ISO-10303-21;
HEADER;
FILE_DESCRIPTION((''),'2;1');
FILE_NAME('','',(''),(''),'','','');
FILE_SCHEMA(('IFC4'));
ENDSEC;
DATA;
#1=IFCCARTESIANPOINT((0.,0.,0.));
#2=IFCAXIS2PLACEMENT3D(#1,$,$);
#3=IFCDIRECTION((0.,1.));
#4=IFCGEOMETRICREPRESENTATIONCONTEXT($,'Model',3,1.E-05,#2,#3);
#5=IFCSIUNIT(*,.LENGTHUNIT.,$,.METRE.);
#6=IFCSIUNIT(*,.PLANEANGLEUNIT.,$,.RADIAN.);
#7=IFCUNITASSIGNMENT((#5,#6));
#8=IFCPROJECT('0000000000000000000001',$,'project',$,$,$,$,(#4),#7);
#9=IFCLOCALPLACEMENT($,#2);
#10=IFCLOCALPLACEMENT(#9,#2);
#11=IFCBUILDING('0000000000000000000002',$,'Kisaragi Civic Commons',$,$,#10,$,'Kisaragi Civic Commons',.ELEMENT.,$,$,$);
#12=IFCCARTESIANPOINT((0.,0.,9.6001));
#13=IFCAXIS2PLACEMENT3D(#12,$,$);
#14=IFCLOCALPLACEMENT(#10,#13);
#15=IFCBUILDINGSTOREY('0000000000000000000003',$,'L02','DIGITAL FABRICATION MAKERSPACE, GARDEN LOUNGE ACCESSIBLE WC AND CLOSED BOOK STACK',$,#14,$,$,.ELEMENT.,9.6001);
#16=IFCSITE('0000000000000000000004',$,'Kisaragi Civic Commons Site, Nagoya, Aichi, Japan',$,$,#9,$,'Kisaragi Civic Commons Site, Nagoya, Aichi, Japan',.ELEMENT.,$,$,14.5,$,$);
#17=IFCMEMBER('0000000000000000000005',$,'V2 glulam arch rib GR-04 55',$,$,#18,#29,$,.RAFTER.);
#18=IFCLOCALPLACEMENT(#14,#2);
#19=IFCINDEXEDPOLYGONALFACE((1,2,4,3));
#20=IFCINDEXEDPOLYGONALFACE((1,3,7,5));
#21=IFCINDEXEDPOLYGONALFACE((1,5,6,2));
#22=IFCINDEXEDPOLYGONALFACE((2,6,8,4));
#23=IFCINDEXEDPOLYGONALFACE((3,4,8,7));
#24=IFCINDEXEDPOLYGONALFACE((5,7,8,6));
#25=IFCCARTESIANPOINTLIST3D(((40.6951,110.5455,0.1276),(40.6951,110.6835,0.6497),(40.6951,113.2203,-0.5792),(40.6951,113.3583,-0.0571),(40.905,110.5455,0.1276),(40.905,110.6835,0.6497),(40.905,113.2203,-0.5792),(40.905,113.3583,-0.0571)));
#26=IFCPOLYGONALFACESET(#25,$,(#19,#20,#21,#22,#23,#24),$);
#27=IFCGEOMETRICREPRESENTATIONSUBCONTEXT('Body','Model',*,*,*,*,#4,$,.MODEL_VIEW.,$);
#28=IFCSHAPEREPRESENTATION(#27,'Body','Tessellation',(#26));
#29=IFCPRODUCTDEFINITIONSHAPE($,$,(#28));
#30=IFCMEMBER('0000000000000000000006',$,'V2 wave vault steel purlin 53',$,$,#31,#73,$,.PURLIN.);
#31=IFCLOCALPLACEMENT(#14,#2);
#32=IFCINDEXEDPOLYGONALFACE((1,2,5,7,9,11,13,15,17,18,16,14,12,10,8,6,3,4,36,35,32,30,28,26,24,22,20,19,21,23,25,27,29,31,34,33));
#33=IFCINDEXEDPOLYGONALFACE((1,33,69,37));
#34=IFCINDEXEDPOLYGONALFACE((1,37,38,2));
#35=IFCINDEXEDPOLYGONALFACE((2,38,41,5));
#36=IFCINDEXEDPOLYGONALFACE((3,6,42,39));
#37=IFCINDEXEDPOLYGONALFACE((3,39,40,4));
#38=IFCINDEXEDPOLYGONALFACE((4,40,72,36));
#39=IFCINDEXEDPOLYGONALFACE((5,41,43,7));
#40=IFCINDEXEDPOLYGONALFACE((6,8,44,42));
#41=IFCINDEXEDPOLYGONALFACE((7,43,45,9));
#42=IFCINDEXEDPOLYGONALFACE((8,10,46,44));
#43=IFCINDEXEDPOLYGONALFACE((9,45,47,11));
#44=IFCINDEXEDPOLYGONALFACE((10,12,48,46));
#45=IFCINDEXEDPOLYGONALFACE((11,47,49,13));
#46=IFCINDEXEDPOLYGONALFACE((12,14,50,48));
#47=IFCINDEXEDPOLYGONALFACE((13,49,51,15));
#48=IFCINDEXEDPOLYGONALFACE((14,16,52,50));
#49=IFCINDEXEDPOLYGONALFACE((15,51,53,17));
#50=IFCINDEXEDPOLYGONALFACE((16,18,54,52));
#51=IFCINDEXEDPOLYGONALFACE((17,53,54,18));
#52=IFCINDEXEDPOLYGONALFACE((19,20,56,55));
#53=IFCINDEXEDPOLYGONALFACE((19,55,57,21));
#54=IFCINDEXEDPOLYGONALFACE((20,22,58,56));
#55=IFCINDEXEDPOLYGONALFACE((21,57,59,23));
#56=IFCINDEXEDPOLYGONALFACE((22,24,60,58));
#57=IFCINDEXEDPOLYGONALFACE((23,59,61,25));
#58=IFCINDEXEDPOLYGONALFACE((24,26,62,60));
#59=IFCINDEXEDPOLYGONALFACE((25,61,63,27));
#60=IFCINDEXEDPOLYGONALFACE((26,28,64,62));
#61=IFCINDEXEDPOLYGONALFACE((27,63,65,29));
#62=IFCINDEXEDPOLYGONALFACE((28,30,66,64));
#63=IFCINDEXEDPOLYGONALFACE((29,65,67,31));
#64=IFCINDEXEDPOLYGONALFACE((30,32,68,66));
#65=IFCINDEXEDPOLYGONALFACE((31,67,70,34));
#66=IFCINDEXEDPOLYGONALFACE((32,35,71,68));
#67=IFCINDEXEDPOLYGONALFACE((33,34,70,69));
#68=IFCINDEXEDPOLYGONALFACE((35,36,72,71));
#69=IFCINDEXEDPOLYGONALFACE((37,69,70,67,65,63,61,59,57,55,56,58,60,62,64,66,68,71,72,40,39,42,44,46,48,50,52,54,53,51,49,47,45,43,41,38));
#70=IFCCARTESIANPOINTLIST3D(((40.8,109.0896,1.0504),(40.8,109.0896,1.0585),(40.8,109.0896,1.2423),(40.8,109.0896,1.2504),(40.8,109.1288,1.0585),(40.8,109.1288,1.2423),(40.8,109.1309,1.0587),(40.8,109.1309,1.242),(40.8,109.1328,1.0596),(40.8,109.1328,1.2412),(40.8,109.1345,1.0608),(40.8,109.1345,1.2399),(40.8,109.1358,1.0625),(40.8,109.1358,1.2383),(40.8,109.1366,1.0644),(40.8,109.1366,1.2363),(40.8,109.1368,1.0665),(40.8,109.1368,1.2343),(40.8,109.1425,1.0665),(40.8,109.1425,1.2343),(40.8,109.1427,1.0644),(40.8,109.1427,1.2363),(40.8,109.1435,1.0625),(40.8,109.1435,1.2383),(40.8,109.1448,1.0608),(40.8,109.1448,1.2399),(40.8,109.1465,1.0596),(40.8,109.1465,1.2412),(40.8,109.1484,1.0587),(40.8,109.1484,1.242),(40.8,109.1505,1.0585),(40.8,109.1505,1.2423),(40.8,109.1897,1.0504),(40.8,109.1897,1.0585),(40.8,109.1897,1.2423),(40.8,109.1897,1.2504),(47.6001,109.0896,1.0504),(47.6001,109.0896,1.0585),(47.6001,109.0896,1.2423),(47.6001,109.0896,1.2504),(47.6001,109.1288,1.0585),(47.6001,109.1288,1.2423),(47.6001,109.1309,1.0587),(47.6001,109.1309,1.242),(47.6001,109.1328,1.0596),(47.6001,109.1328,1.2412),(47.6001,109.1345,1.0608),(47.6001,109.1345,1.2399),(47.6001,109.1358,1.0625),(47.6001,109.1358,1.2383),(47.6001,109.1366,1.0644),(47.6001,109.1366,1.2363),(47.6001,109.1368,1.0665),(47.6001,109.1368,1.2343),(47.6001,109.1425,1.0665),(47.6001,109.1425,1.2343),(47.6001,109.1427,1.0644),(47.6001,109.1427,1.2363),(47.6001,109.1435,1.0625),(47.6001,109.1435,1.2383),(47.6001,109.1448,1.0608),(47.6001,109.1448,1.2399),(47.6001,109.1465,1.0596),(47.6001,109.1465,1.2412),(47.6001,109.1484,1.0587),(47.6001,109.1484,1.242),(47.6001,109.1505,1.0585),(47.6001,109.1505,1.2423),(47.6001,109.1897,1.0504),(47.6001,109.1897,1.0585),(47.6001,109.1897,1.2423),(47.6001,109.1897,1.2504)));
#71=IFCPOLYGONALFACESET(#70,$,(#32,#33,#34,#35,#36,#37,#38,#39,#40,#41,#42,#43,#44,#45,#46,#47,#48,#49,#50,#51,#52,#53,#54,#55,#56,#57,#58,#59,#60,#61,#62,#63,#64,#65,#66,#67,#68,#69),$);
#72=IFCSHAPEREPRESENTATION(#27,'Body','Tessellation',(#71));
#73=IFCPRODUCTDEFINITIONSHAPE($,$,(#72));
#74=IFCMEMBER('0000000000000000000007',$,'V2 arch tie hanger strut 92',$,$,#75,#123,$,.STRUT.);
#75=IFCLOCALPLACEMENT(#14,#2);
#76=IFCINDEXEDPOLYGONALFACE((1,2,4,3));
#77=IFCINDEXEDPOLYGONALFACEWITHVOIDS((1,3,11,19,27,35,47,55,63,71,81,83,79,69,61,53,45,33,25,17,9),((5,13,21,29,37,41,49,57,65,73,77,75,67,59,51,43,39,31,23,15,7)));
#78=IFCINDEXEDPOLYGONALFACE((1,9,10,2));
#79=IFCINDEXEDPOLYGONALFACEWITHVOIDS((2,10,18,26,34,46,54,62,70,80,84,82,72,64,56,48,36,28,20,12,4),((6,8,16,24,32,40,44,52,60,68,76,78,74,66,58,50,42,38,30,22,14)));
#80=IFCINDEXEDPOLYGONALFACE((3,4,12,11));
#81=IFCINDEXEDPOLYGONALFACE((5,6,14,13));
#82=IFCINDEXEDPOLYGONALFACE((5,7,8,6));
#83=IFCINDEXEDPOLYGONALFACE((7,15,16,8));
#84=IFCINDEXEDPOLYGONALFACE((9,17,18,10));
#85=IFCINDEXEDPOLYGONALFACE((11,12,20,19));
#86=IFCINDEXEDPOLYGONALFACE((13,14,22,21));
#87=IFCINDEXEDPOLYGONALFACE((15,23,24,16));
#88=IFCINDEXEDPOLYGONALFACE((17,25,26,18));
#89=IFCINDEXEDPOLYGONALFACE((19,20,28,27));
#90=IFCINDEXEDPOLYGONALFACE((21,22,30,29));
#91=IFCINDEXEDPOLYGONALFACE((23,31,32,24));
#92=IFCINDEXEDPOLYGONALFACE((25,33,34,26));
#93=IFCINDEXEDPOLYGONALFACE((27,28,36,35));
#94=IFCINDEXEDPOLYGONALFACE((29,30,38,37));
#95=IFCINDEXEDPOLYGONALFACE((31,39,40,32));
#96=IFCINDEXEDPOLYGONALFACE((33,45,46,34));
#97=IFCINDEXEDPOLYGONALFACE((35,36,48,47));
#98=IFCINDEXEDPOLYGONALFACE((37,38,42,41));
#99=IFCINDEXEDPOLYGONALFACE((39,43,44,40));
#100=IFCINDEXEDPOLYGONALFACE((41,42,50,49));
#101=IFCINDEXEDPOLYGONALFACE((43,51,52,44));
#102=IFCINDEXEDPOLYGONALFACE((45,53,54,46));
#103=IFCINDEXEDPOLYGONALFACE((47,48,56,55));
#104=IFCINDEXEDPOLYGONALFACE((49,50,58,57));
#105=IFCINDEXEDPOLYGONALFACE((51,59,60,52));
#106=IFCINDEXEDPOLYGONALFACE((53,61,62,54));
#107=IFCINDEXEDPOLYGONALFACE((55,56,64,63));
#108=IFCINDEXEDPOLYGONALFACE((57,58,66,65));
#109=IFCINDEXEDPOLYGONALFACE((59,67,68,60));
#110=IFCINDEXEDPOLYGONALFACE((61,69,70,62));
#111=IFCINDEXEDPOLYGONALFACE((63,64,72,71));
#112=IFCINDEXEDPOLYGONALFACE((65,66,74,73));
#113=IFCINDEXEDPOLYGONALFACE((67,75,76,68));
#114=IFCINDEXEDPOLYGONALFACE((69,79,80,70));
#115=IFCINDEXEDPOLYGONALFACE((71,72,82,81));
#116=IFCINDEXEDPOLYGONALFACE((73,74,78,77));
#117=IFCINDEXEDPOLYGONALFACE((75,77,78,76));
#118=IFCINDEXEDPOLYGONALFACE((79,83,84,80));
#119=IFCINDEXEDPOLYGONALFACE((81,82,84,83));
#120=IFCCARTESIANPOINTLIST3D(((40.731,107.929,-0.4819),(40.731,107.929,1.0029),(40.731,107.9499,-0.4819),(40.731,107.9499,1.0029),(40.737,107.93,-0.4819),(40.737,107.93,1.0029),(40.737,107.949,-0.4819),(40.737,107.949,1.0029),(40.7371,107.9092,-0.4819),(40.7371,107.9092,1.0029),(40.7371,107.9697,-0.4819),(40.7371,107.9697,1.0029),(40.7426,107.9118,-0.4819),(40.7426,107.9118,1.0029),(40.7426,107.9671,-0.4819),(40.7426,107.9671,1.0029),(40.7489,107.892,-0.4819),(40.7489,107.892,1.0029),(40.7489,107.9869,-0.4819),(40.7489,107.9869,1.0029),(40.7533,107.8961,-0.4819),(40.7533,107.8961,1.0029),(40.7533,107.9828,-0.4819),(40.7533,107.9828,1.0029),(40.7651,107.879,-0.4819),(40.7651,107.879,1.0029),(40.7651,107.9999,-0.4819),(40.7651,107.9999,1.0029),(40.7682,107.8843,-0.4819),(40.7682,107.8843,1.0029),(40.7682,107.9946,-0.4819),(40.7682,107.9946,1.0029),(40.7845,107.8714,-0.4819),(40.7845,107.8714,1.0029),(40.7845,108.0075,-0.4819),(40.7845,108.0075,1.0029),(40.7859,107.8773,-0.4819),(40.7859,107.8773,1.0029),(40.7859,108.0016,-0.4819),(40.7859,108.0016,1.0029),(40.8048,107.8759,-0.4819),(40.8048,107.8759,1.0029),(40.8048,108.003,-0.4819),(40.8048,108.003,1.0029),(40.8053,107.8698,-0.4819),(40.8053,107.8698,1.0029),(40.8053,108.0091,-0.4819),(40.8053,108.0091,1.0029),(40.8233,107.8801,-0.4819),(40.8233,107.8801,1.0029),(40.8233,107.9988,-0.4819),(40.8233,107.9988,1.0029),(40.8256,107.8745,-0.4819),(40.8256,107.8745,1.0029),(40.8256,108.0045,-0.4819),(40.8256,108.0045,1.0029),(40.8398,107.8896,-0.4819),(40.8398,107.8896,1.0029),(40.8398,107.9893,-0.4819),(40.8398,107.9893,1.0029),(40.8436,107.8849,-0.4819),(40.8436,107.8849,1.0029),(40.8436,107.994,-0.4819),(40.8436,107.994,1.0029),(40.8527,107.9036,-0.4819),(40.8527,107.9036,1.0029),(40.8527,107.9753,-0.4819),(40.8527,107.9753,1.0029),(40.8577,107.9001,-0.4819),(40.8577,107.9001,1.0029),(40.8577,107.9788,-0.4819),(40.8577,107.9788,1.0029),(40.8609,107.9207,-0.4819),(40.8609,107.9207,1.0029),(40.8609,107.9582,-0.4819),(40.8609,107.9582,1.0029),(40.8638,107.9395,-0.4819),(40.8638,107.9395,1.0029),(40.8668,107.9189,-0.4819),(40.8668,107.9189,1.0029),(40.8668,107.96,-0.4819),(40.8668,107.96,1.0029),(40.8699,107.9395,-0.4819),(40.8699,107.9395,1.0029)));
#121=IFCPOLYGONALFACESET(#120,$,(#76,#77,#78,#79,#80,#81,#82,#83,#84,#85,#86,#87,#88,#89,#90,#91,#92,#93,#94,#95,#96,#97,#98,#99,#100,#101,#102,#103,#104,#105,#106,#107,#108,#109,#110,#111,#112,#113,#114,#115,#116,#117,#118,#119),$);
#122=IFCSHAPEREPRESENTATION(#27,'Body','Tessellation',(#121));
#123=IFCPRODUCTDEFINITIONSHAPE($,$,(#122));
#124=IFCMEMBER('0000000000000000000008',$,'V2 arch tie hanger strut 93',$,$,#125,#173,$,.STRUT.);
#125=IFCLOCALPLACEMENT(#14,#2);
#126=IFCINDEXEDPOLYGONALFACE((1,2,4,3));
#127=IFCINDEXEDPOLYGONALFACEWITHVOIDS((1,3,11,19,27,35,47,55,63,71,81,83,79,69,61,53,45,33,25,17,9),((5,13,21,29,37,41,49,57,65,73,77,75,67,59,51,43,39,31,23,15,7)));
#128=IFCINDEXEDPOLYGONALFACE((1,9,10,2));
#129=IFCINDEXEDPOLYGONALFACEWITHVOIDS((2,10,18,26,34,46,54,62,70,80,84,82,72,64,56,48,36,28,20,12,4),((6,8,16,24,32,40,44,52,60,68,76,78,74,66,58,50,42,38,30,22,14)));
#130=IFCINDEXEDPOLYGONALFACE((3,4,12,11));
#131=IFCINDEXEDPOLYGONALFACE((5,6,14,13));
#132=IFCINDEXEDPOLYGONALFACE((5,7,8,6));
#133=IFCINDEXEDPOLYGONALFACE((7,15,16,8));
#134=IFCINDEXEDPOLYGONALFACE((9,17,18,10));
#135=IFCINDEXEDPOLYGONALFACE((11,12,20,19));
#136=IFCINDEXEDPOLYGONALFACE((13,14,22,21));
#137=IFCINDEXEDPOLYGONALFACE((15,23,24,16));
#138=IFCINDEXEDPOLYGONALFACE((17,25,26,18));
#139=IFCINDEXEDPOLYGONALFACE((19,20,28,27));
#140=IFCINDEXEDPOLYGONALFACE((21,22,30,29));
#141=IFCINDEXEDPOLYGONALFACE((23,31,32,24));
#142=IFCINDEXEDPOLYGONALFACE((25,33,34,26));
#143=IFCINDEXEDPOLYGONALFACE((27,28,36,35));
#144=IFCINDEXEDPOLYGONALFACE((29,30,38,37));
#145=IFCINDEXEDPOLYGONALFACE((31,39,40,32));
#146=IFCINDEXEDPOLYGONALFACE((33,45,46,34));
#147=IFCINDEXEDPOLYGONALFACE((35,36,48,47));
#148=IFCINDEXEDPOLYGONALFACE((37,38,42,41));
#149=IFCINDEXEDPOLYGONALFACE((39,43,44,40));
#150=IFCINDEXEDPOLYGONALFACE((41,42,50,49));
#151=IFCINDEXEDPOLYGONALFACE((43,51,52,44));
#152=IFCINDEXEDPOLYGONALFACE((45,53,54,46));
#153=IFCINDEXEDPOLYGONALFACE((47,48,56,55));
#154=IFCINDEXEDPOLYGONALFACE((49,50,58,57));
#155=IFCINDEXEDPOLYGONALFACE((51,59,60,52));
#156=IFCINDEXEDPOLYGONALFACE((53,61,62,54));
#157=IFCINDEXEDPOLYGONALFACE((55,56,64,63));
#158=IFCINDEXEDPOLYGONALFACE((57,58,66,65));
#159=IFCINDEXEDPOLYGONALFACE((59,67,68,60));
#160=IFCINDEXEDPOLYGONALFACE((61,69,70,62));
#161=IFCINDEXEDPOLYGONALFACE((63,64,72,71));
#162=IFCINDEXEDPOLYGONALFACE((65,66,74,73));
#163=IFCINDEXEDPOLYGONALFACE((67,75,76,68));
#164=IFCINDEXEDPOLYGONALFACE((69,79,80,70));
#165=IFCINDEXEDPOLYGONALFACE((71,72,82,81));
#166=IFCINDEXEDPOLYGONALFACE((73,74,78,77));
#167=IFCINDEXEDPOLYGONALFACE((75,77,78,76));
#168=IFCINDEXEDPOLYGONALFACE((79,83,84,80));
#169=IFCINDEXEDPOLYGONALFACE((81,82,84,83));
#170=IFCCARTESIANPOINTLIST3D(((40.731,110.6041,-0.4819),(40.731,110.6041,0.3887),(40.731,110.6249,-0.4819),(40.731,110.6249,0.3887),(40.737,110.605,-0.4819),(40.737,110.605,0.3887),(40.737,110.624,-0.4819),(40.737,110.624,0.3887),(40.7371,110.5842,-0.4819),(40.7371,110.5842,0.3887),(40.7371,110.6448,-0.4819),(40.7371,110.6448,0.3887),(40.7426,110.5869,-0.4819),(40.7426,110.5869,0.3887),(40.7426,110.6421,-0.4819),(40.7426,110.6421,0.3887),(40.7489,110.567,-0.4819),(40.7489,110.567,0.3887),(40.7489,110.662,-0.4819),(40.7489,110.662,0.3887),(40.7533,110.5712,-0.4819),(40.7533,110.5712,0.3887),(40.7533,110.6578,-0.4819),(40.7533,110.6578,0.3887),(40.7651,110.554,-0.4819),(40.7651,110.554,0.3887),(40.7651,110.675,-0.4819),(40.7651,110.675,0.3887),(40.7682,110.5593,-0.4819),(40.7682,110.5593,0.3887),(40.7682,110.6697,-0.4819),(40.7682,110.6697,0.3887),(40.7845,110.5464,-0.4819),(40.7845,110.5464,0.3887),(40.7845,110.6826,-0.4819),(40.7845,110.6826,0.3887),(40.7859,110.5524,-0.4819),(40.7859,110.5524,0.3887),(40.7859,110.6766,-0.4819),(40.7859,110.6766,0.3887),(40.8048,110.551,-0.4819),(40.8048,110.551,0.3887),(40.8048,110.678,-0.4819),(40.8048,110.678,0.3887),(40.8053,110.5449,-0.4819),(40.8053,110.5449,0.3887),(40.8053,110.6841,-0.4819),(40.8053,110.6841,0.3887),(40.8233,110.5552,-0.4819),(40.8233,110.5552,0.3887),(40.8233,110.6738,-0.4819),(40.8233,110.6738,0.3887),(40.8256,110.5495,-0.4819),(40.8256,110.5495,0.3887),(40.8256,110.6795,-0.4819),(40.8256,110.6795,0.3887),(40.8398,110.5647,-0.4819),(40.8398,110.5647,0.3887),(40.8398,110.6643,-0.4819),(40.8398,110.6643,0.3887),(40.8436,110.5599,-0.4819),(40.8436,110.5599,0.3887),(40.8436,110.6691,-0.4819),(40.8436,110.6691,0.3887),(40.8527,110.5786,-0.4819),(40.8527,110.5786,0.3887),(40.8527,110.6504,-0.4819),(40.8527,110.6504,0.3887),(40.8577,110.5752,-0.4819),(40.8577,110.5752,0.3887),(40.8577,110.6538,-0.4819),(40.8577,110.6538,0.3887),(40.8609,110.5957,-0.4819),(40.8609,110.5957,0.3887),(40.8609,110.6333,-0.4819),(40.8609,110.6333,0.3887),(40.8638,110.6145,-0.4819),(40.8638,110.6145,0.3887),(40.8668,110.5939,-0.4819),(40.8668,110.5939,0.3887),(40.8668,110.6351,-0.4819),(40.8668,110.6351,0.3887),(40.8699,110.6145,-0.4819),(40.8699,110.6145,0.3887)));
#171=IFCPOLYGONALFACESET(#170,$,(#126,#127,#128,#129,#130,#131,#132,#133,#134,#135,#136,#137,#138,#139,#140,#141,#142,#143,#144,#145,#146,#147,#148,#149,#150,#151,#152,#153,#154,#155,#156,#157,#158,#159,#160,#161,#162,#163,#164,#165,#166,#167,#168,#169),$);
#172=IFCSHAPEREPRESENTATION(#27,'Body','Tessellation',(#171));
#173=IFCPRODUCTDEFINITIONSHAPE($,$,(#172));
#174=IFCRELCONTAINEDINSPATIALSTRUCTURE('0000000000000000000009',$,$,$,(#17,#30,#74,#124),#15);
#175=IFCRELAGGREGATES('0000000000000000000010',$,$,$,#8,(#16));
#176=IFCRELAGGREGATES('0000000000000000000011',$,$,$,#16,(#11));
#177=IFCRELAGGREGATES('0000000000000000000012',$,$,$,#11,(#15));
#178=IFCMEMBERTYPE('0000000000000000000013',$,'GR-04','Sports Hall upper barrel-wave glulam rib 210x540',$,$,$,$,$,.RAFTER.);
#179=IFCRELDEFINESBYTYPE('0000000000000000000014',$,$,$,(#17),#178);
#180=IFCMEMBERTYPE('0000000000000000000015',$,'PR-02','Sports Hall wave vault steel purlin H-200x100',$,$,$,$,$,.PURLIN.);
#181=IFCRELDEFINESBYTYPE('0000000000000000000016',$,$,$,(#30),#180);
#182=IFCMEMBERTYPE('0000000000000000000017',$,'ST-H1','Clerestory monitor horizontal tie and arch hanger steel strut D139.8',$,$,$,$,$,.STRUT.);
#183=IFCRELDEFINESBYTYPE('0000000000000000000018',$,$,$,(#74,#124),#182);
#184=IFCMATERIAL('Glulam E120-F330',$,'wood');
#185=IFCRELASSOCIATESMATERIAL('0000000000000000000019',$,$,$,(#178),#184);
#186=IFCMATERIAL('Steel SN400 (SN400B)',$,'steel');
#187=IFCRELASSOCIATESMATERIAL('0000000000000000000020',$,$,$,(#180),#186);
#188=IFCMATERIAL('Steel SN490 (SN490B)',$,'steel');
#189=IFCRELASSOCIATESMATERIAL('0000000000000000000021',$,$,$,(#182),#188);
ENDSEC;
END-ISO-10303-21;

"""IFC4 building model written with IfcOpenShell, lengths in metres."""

from ifc_helpers import new_model, si_unit, direction, frame, origin, origin_2d, place, context, subcontext, project, spatial, rectangle, hollow_circle, i_section, extrude, material, material_profile, profile_set, type_object, element, save


model = new_model("IFC4")

# Units and contexts
model_context = context("Model", 3, precision=1e-05, world=origin(), true_north=direction((0.0, 1.0)))
body_context = subcontext(model_context, "Body", "Model", "MODEL_VIEW")
ifc_project = project(units=[si_unit("LENGTHUNIT", "METRE"), si_unit("PLANEANGLEUNIT", "RADIAN")], contexts=[model_context])

# Site, building, storey
site_placement = place(None, origin())
site = spatial("IfcSite", under=ifc_project, at=site_placement, Name="Kisaragi Civic Commons Site, Nagoya, Aichi, Japan", LongName="Kisaragi Civic Commons Site, Nagoya, Aichi, Japan", CompositionType="ELEMENT", RefElevation=14.5)
building_placement = place(site_placement, origin())
building = spatial("IfcBuilding", under=site, at=building_placement, Name="Kisaragi Civic Commons", LongName="Kisaragi Civic Commons", CompositionType="ELEMENT")
storey_placement = place(building_placement, frame((0.0, 0.0, 9.6001)))
storey = spatial("IfcBuildingStorey", under=building, at=storey_placement, Name="L02", Description="DIGITAL FABRICATION MAKERSPACE, GARDEN LOUNGE ACCESSIBLE WC AND CLOSED BOOK STACK", CompositionType="ELEMENT", Elevation=9.6001)

# Members
ifc_material_1 = material(Name="Steel SN490 (SN490B)", Category="steel")
ifc_material_2 = material(Name="Glulam E120-F330", Category="wood")
ifc_material_profile_1 = material_profile(ifc_material_2, rectangle(XDim=0.21, YDim=0.54, at=origin_2d()), Name="GL-210x540", Category="wood")
ifc_profile_set_1 = profile_set([ifc_material_profile_1], Name="Glulam E120-F330")
member_type_1 = type_object("IfcMemberType", Name="GR-04", Description="Sports Hall upper barrel-wave glulam rib 210x540", PredefinedType="RAFTER", material=ifc_profile_set_1)
member_1_placement = place(storey_placement, frame((40.8, 110.6145, 0.3887), z_axis=(0.0, 0.966817, -0.25547), x_axis=(-1.0, 0.0, 0.0)))
element("IfcMember", 1, at=member_1_placement, inside=storey, type_object=member_type_1, Name="V2 glulam arch rib GR-04 55", PredefinedType="RAFTER", context=body_context, shape_type="SweptSolid", body=[
    extrude(rectangle(XDim=0.21, YDim=0.54, at=origin_2d()), origin(), (0.0, 0.0, 1.0), 2.7666),
])
ifc_material_3 = material(Name="Steel SN400 (SN400B)", Category="steel")
ifc_material_profile_2 = material_profile(ifc_material_3, i_section(OverallWidth=0.1001, OverallDepth=0.2, WebThickness=0.0056, FlangeThickness=0.0081, FilletRadius=0.0081, at=origin_2d()), Name="H-200x100x5.5x8", Category="steel")
ifc_profile_set_2 = profile_set([ifc_material_profile_2], Name="Steel SN400 (SN400B)")
member_type_2 = type_object("IfcMemberType", Name="PR-02", Description="Sports Hall wave vault steel purlin H-200x100", PredefinedType="PURLIN", material=ifc_profile_set_2)
member_2_placement = place(storey_placement, frame((40.8, 109.1396, 1.1504), z_axis=(1.0, 0.0, 0.0), x_axis=(0.0, 1.0, 0.0)))
element("IfcMember", 2, at=member_2_placement, inside=storey, type_object=member_type_2, Name="V2 wave vault steel purlin 53", PredefinedType="PURLIN", context=body_context, shape_type="SweptSolid", body=[
    extrude(i_section(OverallWidth=0.1001, OverallDepth=0.2, WebThickness=0.0056, FlangeThickness=0.0081, FilletRadius=0.0081, at=origin_2d()), origin(), (0.0, 0.0, 1.0), 6.8),
])
ifc_material_profile_3 = material_profile(ifc_material_1, hollow_circle(Radius=0.0698, WallThickness=0.0061, at=origin_2d()), Name="CHS-139.8x6.0", Category="steel")
ifc_profile_set_3 = profile_set([ifc_material_profile_3], Name="Steel SN490 (SN490B)")
member_type_3 = type_object("IfcMemberType", Name="ST-H1", Description="Clerestory monitor horizontal tie and arch hanger steel strut D139.8", PredefinedType="STRUT", material=ifc_profile_set_3)
member_3_placement = place(storey_placement, frame((40.8, 107.9395, -0.4819), z_axis=(0.0, 0.0, 1.0), x_axis=(1.0, 0.0, 0.0)))
element("IfcMember", 3, at=member_3_placement, inside=storey, type_object=member_type_3, Name="V2 arch tie hanger strut 92", PredefinedType="STRUT", context=body_context, shape_type="SweptSolid", body=[
    extrude(hollow_circle(Radius=0.0698, WallThickness=0.0061, at=origin_2d()), origin(), (0.0, 0.0, 1.0), 1.4849),
])
member_4_placement = place(storey_placement, frame((40.8, 110.6145, -0.4819), z_axis=(0.0, 0.0, 1.0), x_axis=(1.0, 0.0, 0.0)))
element("IfcMember", 4, at=member_4_placement, inside=storey, type_object=member_type_3, Name="V2 arch tie hanger strut 93", PredefinedType="STRUT", context=body_context, shape_type="SweptSolid", body=[
    extrude(hollow_circle(Radius=0.0698, WallThickness=0.0061, at=origin_2d()), origin(), (0.0, 0.0, 1.0), 0.8706),
])

save(model, "model.ifc")
